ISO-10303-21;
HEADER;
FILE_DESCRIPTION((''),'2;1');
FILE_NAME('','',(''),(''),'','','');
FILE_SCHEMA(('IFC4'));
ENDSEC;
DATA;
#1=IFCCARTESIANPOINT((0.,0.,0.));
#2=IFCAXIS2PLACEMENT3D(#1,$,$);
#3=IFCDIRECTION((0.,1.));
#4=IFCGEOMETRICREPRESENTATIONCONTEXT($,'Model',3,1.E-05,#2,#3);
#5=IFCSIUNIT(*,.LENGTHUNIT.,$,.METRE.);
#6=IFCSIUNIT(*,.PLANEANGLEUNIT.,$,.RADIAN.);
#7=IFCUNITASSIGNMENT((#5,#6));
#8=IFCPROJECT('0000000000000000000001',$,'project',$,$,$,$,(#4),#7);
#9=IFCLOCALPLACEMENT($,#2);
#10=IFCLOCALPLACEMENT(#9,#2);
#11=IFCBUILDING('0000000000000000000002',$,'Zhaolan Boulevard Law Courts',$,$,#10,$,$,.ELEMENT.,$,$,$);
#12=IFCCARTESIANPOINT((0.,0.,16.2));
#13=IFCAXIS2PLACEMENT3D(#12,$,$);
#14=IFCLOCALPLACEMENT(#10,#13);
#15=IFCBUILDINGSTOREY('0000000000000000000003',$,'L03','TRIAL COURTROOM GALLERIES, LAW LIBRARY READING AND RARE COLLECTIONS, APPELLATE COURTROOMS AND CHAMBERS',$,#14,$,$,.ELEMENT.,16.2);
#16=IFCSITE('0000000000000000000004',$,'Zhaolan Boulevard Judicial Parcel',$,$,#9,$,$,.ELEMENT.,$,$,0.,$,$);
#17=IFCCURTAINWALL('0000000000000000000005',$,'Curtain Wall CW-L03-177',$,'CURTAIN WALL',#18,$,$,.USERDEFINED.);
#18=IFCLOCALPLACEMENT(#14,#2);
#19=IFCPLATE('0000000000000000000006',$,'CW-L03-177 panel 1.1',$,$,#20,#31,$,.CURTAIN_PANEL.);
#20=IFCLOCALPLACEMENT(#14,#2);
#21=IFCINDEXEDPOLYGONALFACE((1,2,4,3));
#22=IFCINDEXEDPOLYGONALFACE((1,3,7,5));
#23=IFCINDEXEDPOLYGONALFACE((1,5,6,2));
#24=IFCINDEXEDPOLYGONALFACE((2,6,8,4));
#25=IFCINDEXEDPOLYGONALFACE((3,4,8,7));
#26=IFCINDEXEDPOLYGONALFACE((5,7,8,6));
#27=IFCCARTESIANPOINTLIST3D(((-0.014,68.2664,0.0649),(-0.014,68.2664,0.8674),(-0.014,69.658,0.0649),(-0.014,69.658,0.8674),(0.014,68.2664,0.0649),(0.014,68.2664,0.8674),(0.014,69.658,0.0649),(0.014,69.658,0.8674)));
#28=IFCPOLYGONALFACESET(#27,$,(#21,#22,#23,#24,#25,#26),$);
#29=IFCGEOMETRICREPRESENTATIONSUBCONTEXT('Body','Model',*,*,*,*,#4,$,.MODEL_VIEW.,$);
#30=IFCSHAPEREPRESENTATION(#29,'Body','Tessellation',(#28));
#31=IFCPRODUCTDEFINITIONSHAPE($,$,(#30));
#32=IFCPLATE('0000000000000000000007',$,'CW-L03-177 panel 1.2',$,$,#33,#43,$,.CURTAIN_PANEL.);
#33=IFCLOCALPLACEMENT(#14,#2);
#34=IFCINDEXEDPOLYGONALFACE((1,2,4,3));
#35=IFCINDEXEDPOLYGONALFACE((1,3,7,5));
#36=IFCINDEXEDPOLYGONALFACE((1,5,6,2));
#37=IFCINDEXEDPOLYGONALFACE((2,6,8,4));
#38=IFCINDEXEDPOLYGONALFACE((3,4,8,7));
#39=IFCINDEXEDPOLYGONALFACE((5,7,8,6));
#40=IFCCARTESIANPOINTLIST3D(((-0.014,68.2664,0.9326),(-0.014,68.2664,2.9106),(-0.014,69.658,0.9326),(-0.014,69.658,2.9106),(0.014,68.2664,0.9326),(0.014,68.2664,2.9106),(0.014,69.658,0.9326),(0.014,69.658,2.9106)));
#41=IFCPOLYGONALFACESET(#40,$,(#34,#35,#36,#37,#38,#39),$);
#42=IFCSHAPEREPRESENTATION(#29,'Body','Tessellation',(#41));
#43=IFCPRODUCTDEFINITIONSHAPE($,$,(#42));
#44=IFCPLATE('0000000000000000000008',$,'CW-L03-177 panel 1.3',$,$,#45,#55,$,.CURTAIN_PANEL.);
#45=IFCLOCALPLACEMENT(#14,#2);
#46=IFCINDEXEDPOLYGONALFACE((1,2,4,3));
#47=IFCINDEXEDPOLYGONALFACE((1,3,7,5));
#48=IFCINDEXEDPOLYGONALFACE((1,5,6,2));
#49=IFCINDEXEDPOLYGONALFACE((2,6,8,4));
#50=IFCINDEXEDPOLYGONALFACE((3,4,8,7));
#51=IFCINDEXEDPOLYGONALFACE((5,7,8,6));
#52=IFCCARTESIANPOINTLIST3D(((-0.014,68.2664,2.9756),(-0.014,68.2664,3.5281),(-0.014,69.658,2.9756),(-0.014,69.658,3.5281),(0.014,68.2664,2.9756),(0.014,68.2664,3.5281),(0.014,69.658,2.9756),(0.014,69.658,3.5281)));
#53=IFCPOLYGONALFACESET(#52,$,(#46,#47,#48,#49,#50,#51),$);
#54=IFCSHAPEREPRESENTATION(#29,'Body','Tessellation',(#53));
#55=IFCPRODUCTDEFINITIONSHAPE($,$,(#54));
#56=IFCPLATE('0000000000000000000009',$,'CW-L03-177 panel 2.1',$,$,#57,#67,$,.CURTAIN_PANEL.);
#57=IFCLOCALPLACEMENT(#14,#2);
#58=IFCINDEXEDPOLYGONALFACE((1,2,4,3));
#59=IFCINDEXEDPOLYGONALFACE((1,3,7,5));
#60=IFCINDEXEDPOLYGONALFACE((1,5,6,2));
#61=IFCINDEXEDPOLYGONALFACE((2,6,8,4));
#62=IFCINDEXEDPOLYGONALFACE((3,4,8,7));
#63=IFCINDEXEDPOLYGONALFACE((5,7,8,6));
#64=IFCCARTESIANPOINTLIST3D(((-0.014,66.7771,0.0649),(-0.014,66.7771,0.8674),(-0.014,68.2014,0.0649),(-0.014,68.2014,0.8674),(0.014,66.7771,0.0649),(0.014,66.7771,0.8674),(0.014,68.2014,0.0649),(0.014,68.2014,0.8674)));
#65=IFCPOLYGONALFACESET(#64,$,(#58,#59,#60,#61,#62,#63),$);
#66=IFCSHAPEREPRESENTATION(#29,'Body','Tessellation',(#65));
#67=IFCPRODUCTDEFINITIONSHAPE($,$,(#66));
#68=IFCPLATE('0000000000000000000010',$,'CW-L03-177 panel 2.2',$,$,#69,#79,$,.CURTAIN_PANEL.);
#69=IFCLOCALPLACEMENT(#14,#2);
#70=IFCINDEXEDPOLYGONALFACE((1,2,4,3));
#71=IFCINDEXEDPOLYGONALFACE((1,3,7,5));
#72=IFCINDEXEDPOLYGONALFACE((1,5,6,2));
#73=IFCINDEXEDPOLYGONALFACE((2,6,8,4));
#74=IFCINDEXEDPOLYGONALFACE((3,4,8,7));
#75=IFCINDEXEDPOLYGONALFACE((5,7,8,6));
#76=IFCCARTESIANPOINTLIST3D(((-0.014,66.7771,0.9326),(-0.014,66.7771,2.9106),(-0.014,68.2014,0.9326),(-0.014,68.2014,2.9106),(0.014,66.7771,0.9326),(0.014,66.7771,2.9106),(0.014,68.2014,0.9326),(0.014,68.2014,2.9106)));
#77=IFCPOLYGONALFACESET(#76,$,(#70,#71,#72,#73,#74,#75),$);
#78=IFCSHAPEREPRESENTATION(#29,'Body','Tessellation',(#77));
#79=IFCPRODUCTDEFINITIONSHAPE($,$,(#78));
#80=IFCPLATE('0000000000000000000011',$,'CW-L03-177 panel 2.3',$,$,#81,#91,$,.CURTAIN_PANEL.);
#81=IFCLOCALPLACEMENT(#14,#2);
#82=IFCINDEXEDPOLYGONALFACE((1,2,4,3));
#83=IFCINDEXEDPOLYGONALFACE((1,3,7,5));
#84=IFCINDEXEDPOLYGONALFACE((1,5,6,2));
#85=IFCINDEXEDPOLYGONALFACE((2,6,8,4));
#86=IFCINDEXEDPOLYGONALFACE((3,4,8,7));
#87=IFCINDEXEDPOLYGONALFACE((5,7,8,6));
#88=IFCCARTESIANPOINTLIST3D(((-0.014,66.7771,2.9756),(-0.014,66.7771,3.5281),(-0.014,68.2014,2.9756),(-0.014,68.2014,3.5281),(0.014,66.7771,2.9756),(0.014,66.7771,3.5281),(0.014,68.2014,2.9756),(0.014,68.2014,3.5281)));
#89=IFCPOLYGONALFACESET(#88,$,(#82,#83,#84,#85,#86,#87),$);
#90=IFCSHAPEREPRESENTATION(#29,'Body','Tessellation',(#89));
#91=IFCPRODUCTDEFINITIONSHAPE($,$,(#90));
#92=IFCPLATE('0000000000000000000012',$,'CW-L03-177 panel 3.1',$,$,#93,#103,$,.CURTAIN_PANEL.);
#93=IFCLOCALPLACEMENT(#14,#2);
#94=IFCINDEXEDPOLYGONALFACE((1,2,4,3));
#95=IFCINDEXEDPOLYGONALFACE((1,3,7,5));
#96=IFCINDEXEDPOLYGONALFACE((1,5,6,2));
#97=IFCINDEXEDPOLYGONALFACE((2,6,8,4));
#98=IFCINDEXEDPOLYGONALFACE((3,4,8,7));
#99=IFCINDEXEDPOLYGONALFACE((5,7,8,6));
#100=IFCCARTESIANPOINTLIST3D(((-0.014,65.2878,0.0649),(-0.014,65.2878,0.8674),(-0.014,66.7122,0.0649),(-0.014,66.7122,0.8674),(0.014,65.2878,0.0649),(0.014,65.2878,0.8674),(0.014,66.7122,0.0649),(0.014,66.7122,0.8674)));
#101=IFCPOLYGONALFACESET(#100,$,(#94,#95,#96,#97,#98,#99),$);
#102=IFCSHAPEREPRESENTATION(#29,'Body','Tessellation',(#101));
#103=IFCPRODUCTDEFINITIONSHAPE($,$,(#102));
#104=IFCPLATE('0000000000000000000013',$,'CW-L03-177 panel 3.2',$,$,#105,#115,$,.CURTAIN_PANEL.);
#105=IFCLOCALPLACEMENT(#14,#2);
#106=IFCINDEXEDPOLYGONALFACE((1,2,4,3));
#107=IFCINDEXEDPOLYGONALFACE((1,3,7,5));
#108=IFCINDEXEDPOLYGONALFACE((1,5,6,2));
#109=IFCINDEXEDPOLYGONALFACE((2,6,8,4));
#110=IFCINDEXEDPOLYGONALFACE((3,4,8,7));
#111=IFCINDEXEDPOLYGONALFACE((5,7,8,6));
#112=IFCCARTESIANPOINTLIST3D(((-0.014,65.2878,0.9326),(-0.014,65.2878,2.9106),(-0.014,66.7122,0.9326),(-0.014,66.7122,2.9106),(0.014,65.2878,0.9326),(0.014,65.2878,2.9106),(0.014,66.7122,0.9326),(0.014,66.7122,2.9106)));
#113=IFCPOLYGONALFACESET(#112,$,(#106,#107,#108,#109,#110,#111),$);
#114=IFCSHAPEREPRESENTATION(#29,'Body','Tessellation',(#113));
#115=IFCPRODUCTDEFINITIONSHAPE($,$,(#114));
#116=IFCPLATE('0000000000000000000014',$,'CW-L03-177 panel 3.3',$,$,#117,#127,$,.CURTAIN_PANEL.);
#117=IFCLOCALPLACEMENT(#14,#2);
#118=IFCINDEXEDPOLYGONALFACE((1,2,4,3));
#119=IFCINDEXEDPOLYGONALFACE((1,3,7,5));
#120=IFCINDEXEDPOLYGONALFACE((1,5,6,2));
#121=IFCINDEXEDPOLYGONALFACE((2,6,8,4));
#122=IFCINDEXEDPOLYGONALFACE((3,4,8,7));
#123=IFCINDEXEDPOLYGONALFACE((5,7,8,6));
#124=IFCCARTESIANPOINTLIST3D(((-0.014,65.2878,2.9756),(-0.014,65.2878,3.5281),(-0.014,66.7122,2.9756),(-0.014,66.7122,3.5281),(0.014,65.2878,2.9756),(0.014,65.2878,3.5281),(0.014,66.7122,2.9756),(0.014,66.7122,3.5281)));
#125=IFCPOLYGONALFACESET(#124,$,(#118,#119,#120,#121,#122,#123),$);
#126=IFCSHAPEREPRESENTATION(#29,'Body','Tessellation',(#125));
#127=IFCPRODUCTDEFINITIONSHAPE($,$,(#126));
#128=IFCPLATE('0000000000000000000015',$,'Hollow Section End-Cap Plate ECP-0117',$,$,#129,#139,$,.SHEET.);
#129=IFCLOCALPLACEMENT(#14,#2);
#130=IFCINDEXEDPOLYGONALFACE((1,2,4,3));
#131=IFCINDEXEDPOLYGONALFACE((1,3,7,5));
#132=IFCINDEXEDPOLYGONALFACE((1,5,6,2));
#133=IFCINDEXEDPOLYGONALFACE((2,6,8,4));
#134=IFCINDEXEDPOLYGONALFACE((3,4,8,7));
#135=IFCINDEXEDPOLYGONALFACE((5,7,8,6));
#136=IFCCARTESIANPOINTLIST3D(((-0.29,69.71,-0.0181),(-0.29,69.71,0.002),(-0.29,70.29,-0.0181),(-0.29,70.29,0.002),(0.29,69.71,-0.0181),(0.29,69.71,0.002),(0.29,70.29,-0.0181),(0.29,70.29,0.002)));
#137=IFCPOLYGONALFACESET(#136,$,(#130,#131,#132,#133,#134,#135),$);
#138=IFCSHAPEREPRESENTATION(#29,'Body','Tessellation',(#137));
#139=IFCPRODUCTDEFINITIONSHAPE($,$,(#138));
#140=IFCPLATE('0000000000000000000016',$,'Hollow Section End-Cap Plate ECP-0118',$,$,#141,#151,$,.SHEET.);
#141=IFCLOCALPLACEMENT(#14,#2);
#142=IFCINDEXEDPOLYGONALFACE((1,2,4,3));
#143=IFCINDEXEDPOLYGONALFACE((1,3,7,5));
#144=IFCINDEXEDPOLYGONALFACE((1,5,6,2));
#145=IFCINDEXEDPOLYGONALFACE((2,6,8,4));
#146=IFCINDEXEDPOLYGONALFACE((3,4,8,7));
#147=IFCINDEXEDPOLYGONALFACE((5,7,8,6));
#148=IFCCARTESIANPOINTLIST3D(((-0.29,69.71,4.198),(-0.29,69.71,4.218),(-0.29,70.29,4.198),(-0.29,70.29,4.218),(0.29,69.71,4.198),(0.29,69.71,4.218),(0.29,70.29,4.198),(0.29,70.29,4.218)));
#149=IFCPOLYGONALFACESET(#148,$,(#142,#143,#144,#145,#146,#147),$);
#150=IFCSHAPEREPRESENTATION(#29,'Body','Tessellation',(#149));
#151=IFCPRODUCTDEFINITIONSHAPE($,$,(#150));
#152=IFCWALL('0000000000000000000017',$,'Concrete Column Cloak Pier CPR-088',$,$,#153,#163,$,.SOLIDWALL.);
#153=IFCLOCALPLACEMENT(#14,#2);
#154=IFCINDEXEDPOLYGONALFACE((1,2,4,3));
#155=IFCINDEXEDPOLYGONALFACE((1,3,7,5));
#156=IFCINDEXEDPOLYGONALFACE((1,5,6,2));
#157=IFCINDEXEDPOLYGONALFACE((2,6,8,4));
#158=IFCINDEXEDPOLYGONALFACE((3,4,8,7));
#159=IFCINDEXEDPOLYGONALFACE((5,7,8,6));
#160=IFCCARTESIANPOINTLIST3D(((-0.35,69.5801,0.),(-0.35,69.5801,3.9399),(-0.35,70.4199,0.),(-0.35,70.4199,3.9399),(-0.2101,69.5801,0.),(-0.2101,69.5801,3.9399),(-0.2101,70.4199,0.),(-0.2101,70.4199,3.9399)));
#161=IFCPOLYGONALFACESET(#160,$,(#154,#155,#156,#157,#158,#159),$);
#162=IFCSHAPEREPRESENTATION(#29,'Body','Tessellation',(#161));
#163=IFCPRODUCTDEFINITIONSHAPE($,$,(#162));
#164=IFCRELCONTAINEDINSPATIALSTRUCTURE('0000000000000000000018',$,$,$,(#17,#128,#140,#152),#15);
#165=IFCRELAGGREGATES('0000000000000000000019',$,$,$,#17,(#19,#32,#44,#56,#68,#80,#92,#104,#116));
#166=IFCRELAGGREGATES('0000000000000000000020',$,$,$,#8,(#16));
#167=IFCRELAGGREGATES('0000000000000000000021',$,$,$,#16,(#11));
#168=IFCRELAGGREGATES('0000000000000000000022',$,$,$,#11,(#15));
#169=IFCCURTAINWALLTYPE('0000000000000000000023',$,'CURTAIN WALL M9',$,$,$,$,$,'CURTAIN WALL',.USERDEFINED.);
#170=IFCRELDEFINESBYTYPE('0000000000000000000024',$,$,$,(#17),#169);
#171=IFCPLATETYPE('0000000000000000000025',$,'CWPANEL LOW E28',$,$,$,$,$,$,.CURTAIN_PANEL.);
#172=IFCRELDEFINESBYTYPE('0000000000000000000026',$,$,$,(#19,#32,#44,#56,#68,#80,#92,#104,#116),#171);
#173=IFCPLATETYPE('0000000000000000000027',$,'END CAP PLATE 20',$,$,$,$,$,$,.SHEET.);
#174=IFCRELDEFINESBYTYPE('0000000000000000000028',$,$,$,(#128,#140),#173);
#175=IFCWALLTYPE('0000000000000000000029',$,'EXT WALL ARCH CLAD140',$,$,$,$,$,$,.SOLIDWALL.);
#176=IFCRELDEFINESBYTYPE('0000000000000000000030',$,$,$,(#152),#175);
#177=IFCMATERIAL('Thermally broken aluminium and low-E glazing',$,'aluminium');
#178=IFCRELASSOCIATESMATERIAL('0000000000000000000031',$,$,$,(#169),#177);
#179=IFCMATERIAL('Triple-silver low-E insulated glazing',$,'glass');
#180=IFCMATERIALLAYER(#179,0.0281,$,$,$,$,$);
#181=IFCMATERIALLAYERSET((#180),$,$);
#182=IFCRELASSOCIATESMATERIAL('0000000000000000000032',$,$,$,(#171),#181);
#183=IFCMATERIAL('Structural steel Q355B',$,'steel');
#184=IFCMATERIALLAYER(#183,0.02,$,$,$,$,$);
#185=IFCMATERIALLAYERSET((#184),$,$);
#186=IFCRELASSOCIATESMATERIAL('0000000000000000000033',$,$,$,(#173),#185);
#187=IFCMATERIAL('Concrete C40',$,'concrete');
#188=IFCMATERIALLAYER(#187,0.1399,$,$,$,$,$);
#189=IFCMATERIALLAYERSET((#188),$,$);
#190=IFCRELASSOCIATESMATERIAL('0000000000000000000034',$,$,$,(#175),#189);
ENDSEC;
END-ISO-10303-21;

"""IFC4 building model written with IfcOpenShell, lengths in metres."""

from ifc_helpers import new_model, si_unit, direction, frame, frame_2d, origin, origin_2d, place, context, subcontext, project, spatial, rectangle, extrude, material, layer, layer_set, type_object, element, aggregate, save


model = new_model("IFC4")

# Units and contexts
model_context = context("Model", 3, precision=1e-05, world=origin(), true_north=direction((0.0, 1.0)))
body_context = subcontext(model_context, "Body", "Model", "MODEL_VIEW")
ifc_project = project(units=[si_unit("LENGTHUNIT", "METRE"), si_unit("PLANEANGLEUNIT", "RADIAN")], contexts=[model_context])

# Site, building, storey
site_placement = place(None, origin())
site = spatial("IfcSite", under=ifc_project, at=site_placement, Name="Zhaolan Boulevard Judicial Parcel", CompositionType="ELEMENT", RefElevation=0.0)
building_placement = place(site_placement, origin())
building = spatial("IfcBuilding", under=site, at=building_placement, Name="Zhaolan Boulevard Law Courts", CompositionType="ELEMENT")
storey_placement = place(building_placement, frame((0.0, 0.0, 16.2)))
storey = spatial("IfcBuildingStorey", under=building, at=storey_placement, Name="L03", Description="TRIAL COURTROOM GALLERIES, LAW LIBRARY READING AND RARE COLLECTIONS, APPELLATE COURTROOMS AND CHAMBERS", CompositionType="ELEMENT", Elevation=16.2)

# Curtain wall
ifc_material_1 = material(Name="Thermally broken aluminium and low-E glazing", Category="aluminium")
curtain_wall_type_1 = type_object("IfcCurtainWallType", Name="CURTAIN WALL M9", ElementType="CURTAIN WALL", PredefinedType="USERDEFINED", material=ifc_material_1)
curtain_wall_1_placement = place(storey_placement, origin())
curtain_wall_1 = element("IfcCurtainWall", 1, at=curtain_wall_1_placement, inside=storey, type_object=curtain_wall_type_1, Name="Curtain Wall CW-L03-177", ObjectType="CURTAIN WALL", PredefinedType="USERDEFINED")

# Plates
ifc_material_2 = material(Name="Triple-silver low-E insulated glazing", Category="glass")
ifc_layer_1 = layer(ifc_material_2, 0.0281)
ifc_layer_set_1 = layer_set([ifc_layer_1])
plate_type_1 = type_object("IfcPlateType", Name="CWPANEL LOW E28", PredefinedType="CURTAIN_PANEL", material=ifc_layer_set_1)
plate_1_placement = place(storey_placement, frame((0.0, 68.9622, 0.0649), z_axis=(0.0, 0.0, 1.0), x_axis=(0.0, -1.0, 0.0)))
plate_1 = element("IfcPlate", 2, at=plate_1_placement, type_object=plate_type_1, Name="CW-L03-177 panel 1.1", PredefinedType="CURTAIN_PANEL", context=body_context, shape_type="SweptSolid", body=[
    extrude(rectangle(XDim=1.3916, YDim=0.0281, at=origin_2d()), origin(), (0.0, 0.0, 1.0), 0.8025),
])
plate_2_placement = place(storey_placement, frame((0.0, 68.9622, 0.9326), z_axis=(0.0, 0.0, 1.0), x_axis=(0.0, -1.0, 0.0)))
plate_2 = element("IfcPlate", 3, at=plate_2_placement, type_object=plate_type_1, Name="CW-L03-177 panel 1.2", PredefinedType="CURTAIN_PANEL", context=body_context, shape_type="SweptSolid", body=[
    extrude(rectangle(XDim=1.3916, YDim=0.0281, at=origin_2d()), origin(), (0.0, 0.0, 1.0), 1.978),
])
plate_3_placement = place(storey_placement, frame((0.0, 68.9622, 2.9756), z_axis=(0.0, 0.0, 1.0), x_axis=(0.0, -1.0, 0.0)))
plate_3 = element("IfcPlate", 4, at=plate_3_placement, type_object=plate_type_1, Name="CW-L03-177 panel 1.3", PredefinedType="CURTAIN_PANEL", context=body_context, shape_type="SweptSolid", body=[
    extrude(rectangle(XDim=1.3916, YDim=0.0281, at=origin_2d()), origin(), (0.0, 0.0, 1.0), 0.5525),
])
plate_4_placement = place(storey_placement, frame((0.0, 67.4893, 0.0649), z_axis=(0.0, 0.0, 1.0), x_axis=(0.0, -1.0, 0.0)))
plate_4 = element("IfcPlate", 5, at=plate_4_placement, type_object=plate_type_1, Name="CW-L03-177 panel 2.1", PredefinedType="CURTAIN_PANEL", context=body_context, shape_type="SweptSolid", body=[
    extrude(rectangle(XDim=1.4243, YDim=0.0281, at=origin_2d()), origin(), (0.0, 0.0, 1.0), 0.8025),
])
plate_5_placement = place(storey_placement, frame((0.0, 67.4893, 0.9326), z_axis=(0.0, 0.0, 1.0), x_axis=(0.0, -1.0, 0.0)))
plate_5 = element("IfcPlate", 6, at=plate_5_placement, type_object=plate_type_1, Name="CW-L03-177 panel 2.2", PredefinedType="CURTAIN_PANEL", context=body_context, shape_type="SweptSolid", body=[
    extrude(rectangle(XDim=1.4243, YDim=0.0281, at=origin_2d()), origin(), (0.0, 0.0, 1.0), 1.978),
])
plate_6_placement = place(storey_placement, frame((0.0, 67.4893, 2.9756), z_axis=(0.0, 0.0, 1.0), x_axis=(0.0, -1.0, 0.0)))
plate_6 = element("IfcPlate", 7, at=plate_6_placement, type_object=plate_type_1, Name="CW-L03-177 panel 2.3", PredefinedType="CURTAIN_PANEL", context=body_context, shape_type="SweptSolid", body=[
    extrude(rectangle(XDim=1.4243, YDim=0.0281, at=origin_2d()), origin(), (0.0, 0.0, 1.0), 0.5525),
])
plate_7_placement = place(storey_placement, frame((0.0, 66.0, 0.0649), z_axis=(0.0, 0.0, 1.0), x_axis=(0.0, -1.0, 0.0)))
plate_7 = element("IfcPlate", 8, at=plate_7_placement, type_object=plate_type_1, Name="CW-L03-177 panel 3.1", PredefinedType="CURTAIN_PANEL", context=body_context, shape_type="SweptSolid", body=[
    extrude(rectangle(XDim=1.4243, YDim=0.0281, at=origin_2d()), origin(), (0.0, 0.0, 1.0), 0.8025),
])
plate_8_placement = place(storey_placement, frame((0.0, 66.0, 0.9326), z_axis=(0.0, 0.0, 1.0), x_axis=(0.0, -1.0, 0.0)))
plate_8 = element("IfcPlate", 9, at=plate_8_placement, type_object=plate_type_1, Name="CW-L03-177 panel 3.2", PredefinedType="CURTAIN_PANEL", context=body_context, shape_type="SweptSolid", body=[
    extrude(rectangle(XDim=1.4243, YDim=0.0281, at=origin_2d()), origin(), (0.0, 0.0, 1.0), 1.978),
])
plate_9_placement = place(storey_placement, frame((0.0, 66.0, 2.9756), z_axis=(0.0, 0.0, 1.0), x_axis=(0.0, -1.0, 0.0)))
plate_9 = element("IfcPlate", 10, at=plate_9_placement, type_object=plate_type_1, Name="CW-L03-177 panel 3.3", PredefinedType="CURTAIN_PANEL", context=body_context, shape_type="SweptSolid", body=[
    extrude(rectangle(XDim=1.4243, YDim=0.0281, at=origin_2d()), origin(), (0.0, 0.0, 1.0), 0.5525),
])
aggregate(curtain_wall_1, [plate_1, plate_2, plate_3, plate_4, plate_5, plate_6, plate_7, plate_8, plate_9])

# Plates
ifc_material_3 = material(Name="Structural steel Q355B", Category="steel")
ifc_layer_2 = layer(ifc_material_3, 0.02)
ifc_layer_set_2 = layer_set([ifc_layer_2])
plate_type_2 = type_object("IfcPlateType", Name="END CAP PLATE 20", PredefinedType="SHEET", material=ifc_layer_set_2)
for number, where, z_axis, x_axis, name in (
    (11, (0.0, 70.0, -0.0181), (0.0, 0.0, 1.0), (1.0, 0.0, 0.0), "Hollow Section End-Cap Plate ECP-0117"),
    (12, (0.0, 70.0, 4.198), (0.0, 0.0, 1.0), (1.0, 0.0, 0.0), "Hollow Section End-Cap Plate ECP-0118"),
):
    element("IfcPlate", number, at=place(storey_placement, frame(where, z_axis=z_axis, x_axis=x_axis)), inside=storey, type_object=plate_type_2, Name=name, PredefinedType="SHEET", context=body_context, shape_type="SweptSolid", body=[
        extrude(rectangle(XDim=0.5801, YDim=0.5801, at=origin_2d()), origin(), (0.0, 0.0, 1.0), 0.02),
    ])

# Wall
ifc_material_4 = material(Name="Concrete C40", Category="concrete")
ifc_layer_3 = layer(ifc_material_4, 0.1399)
ifc_layer_set_3 = layer_set([ifc_layer_3])
wall_type = type_object("IfcWallType", Name="EXT WALL ARCH CLAD140", PredefinedType="SOLIDWALL", material=ifc_layer_set_3)
wall_placement = place(storey_placement, frame((-0.28, 69.5801, 0.0), z_axis=(0.0, 0.0, 1.0), x_axis=(0.0, 1.0, 0.0)))
element("IfcWall", 13, at=wall_placement, inside=storey, type_object=wall_type, Name="Concrete Column Cloak Pier CPR-088", PredefinedType="SOLIDWALL", context=body_context, shape_type="SweptSolid", body=[
    extrude(rectangle(XDim=0.8398, YDim=0.1399, at=frame_2d((0.4199, 0.0))), origin(), (0.0, 0.0, 1.0), 3.9399),
])

save(model, "model.ifc")
